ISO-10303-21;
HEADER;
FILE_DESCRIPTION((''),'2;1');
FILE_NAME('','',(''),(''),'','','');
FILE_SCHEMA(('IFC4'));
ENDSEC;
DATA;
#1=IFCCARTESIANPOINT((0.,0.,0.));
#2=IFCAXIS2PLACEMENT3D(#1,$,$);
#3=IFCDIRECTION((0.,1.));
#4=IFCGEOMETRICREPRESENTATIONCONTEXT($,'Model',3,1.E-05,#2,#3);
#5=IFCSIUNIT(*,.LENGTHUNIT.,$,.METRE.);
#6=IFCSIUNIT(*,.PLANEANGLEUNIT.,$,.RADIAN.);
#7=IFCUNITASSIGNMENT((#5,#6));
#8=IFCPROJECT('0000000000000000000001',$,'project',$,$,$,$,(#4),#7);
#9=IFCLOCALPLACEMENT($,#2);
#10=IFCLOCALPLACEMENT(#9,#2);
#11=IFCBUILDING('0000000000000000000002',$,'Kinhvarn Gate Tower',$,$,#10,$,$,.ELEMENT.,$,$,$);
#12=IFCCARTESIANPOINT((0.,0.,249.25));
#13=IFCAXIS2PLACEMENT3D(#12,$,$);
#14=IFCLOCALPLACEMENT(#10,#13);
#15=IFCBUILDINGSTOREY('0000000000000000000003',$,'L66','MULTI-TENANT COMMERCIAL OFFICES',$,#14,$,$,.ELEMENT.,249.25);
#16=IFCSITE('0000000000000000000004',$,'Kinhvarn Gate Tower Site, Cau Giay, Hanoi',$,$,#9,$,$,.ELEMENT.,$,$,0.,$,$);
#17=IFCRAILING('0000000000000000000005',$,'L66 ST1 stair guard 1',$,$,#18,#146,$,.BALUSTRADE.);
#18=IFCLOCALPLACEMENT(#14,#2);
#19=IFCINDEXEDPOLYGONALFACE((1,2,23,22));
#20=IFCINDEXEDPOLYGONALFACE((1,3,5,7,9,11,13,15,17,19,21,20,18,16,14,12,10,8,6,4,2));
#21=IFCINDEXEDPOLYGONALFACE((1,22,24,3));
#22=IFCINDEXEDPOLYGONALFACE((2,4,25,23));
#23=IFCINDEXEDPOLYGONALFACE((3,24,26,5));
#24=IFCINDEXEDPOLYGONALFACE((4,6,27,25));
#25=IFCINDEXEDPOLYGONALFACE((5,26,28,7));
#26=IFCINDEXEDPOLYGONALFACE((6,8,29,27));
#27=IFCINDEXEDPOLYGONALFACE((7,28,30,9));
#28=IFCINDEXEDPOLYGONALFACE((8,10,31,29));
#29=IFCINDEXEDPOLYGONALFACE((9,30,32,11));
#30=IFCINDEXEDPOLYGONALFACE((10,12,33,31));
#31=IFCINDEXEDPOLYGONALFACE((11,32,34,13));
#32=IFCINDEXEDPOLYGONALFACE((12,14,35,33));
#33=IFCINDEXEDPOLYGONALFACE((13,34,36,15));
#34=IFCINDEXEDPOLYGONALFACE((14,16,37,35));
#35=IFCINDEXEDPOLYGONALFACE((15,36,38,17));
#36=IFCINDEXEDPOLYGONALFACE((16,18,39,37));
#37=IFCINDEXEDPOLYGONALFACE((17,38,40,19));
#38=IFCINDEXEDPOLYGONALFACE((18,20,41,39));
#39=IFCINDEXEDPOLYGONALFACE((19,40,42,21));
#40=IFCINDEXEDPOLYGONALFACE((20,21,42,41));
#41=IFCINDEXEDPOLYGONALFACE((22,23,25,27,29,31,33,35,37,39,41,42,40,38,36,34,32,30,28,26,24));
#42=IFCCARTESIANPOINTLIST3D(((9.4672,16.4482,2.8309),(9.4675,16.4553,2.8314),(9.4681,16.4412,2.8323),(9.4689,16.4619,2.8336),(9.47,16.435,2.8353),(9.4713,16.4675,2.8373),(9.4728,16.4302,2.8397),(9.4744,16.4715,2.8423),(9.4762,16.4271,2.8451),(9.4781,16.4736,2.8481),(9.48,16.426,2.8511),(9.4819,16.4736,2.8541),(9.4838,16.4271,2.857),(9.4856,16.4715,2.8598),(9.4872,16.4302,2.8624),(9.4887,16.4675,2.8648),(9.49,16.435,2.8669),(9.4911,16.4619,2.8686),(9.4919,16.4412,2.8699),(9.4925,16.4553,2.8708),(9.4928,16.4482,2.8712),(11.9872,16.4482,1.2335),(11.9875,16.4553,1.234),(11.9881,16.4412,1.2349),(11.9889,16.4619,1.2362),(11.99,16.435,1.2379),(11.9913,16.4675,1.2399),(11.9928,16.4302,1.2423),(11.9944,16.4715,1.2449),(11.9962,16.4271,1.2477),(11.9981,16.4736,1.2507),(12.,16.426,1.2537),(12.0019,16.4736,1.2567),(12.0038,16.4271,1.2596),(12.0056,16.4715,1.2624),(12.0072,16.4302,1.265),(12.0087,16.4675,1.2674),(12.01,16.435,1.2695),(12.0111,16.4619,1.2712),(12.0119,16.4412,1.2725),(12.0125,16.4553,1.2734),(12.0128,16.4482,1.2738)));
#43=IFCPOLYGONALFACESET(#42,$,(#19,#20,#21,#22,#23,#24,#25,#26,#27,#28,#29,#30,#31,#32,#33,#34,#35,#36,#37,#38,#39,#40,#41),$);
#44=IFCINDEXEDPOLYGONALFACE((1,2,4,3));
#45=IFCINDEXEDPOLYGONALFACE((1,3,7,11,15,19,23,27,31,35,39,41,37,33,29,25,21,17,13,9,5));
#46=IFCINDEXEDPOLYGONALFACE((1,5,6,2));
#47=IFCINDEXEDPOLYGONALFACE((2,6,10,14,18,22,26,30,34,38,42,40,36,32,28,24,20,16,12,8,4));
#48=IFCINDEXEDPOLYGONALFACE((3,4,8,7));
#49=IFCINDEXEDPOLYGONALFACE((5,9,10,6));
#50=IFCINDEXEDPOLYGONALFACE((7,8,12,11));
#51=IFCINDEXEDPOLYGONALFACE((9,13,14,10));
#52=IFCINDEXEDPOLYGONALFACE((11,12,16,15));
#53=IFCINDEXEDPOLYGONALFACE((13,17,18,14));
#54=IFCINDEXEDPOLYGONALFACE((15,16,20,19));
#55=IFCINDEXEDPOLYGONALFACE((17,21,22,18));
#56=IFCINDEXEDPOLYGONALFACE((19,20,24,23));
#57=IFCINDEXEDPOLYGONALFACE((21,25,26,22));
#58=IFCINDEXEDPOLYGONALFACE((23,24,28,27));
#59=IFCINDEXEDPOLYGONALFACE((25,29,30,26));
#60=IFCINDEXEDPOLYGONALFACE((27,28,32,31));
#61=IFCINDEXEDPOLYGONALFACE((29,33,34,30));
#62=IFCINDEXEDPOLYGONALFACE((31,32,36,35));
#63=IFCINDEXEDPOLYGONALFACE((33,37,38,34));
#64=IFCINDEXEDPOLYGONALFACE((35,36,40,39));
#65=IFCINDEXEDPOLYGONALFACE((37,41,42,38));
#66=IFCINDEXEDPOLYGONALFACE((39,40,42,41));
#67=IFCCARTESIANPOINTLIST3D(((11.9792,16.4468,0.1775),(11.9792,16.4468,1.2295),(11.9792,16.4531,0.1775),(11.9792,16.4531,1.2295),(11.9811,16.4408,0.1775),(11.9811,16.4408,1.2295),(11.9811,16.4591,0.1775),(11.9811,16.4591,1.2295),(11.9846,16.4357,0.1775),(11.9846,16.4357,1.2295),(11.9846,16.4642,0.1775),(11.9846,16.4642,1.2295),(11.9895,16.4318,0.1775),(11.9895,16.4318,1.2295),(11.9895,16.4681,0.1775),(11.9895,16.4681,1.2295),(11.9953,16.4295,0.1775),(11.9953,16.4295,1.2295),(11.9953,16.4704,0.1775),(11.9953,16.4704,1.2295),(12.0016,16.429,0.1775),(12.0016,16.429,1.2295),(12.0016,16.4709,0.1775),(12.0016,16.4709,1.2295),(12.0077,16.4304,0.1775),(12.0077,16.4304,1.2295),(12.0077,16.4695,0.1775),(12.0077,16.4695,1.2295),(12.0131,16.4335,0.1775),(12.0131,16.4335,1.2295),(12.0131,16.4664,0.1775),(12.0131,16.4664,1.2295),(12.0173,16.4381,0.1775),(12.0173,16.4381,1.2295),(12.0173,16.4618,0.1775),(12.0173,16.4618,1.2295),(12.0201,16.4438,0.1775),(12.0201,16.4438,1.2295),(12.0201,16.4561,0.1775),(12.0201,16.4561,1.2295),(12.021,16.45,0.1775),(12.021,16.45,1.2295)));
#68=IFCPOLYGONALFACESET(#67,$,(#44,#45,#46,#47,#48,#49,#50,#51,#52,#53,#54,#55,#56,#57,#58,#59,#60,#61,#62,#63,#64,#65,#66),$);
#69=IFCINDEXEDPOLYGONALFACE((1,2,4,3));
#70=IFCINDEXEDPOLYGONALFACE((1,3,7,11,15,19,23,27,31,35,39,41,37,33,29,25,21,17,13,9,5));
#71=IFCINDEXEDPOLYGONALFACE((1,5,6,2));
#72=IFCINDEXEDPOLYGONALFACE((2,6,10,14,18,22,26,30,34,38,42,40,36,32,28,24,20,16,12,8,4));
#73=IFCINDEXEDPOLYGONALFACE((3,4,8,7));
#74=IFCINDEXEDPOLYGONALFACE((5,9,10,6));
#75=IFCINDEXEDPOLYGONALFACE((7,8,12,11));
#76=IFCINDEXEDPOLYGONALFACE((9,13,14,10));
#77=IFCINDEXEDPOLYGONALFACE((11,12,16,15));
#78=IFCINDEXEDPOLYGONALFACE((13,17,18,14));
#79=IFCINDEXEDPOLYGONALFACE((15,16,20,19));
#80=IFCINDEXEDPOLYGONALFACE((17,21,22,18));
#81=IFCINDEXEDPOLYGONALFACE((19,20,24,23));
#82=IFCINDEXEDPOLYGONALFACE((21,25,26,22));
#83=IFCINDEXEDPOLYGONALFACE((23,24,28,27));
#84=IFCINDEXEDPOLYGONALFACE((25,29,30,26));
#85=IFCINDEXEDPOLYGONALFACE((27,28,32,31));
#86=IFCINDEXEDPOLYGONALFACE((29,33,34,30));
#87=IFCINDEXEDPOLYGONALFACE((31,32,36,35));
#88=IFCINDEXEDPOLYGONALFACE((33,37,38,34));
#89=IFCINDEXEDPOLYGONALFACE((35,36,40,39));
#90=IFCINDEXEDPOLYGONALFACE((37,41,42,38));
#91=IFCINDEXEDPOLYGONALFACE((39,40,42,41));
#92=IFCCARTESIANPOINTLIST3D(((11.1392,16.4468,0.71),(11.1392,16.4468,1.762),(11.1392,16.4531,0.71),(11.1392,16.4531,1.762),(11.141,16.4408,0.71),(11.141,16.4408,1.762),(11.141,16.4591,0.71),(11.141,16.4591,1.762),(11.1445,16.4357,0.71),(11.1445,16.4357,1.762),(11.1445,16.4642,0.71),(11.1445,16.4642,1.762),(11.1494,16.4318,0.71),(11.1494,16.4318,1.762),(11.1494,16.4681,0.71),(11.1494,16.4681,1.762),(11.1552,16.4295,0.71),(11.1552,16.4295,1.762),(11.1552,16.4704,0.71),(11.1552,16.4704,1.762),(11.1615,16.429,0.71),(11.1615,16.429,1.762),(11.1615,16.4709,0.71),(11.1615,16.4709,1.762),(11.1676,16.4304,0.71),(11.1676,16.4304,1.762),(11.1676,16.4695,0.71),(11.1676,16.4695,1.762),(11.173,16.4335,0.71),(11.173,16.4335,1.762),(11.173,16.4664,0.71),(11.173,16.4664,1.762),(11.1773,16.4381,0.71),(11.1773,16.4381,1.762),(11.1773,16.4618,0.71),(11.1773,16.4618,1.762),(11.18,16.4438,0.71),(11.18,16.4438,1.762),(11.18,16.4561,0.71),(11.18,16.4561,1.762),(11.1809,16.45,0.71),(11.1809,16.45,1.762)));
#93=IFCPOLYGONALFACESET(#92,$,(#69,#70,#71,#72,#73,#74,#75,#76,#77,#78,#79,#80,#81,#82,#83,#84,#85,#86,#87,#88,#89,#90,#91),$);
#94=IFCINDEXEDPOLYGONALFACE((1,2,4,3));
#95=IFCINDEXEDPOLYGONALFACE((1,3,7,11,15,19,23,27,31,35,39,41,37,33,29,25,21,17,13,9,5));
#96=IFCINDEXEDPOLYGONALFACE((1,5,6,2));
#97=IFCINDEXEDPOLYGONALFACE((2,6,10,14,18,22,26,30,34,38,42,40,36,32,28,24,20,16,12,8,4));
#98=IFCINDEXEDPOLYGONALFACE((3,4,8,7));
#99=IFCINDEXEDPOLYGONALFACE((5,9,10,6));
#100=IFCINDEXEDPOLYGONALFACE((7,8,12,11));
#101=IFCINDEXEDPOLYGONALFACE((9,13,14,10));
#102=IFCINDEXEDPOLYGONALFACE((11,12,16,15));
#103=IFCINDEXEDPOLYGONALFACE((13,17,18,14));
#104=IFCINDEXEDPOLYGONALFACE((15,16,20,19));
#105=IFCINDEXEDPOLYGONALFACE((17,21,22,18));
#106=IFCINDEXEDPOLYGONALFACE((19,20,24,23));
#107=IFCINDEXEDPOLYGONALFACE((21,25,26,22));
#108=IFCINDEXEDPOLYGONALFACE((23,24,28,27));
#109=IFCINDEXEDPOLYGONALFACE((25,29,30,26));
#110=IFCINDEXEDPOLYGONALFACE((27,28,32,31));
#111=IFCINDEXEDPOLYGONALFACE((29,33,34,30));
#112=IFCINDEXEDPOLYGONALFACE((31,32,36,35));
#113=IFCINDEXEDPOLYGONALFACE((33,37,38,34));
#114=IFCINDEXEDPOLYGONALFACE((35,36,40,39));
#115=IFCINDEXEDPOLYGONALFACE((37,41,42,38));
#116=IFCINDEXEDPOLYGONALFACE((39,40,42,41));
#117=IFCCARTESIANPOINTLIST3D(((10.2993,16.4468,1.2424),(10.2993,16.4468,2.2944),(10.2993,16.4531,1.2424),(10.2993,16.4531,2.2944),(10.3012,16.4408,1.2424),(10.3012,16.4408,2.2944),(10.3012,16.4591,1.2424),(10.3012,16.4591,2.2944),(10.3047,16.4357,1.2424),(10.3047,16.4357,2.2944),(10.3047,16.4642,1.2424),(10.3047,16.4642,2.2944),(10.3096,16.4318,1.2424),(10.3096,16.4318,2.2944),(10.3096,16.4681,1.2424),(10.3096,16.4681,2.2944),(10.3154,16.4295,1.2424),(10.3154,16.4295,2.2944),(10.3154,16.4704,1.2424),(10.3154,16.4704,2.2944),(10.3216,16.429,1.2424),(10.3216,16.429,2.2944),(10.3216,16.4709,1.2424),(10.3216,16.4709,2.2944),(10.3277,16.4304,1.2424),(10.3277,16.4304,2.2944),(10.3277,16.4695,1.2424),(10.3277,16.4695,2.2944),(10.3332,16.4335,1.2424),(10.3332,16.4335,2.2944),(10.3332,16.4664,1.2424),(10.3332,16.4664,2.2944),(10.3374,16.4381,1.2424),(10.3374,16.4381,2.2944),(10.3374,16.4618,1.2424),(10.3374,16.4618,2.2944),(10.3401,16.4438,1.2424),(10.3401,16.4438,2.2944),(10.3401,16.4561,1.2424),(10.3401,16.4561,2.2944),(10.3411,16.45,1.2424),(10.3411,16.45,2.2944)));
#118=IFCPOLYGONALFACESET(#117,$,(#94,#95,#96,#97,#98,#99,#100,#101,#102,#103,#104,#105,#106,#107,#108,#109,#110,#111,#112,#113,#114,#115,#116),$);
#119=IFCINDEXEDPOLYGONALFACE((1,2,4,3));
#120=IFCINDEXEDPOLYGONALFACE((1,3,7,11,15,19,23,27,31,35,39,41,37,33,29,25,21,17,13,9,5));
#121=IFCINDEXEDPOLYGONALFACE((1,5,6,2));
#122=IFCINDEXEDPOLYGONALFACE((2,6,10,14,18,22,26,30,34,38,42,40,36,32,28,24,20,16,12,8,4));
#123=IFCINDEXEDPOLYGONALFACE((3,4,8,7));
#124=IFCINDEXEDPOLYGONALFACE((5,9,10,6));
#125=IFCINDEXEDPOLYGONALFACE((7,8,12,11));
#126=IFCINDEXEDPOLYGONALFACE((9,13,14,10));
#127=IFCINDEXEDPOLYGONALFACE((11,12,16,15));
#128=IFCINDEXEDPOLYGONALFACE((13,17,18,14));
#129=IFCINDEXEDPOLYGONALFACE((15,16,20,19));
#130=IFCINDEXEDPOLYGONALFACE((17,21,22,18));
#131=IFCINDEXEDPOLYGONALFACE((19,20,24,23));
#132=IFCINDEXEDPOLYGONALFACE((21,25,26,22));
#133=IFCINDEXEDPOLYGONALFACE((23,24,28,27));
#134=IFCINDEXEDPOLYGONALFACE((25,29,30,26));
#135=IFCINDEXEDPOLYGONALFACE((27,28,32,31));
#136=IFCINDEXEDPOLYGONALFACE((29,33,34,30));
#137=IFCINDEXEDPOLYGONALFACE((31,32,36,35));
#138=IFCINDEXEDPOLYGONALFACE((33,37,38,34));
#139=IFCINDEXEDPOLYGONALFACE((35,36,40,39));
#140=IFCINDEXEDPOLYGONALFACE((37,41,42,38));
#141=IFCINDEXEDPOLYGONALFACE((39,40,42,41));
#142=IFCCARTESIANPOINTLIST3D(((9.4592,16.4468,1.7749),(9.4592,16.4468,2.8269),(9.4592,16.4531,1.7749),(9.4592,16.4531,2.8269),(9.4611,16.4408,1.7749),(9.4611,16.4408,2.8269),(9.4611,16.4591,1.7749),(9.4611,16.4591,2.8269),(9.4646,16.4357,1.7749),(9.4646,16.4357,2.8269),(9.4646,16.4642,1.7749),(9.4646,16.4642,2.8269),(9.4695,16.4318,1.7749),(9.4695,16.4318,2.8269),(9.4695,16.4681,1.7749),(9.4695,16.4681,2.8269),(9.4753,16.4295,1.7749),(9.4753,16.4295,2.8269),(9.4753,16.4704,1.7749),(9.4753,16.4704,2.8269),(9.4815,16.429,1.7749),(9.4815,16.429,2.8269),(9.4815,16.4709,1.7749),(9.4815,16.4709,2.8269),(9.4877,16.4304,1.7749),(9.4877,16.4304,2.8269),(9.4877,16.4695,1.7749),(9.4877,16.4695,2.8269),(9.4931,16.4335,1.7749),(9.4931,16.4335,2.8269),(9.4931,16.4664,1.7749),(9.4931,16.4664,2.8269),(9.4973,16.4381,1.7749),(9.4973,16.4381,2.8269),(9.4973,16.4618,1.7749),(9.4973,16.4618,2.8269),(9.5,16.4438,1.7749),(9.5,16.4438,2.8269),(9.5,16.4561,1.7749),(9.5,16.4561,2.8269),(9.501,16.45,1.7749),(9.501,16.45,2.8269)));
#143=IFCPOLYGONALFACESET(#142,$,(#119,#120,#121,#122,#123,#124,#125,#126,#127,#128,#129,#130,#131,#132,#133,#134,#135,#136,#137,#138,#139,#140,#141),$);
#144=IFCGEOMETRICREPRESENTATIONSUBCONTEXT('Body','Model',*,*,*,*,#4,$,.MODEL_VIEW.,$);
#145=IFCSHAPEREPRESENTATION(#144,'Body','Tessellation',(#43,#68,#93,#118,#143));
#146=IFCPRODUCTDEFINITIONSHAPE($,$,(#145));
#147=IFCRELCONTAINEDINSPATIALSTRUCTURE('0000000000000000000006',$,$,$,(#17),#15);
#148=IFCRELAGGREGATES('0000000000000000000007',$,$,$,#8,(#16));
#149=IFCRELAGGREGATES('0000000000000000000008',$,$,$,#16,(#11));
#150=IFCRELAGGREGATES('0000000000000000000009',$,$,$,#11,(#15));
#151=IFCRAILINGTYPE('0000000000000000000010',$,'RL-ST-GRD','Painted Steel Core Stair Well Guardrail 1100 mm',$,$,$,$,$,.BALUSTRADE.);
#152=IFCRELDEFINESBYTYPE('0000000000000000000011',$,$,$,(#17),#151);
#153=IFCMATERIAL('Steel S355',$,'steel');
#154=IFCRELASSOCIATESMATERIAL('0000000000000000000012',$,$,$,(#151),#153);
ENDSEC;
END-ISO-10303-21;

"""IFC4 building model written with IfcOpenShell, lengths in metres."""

from ifc_helpers import new_model, si_unit, direction, frame, origin, origin_2d, place, context, subcontext, project, spatial, circle, extrude, material, type_object, element, save


model = new_model("IFC4")

# Units and contexts
model_context = context("Model", 3, precision=1e-05, world=origin(), true_north=direction((0.0, 1.0)))
body_context = subcontext(model_context, "Body", "Model", "MODEL_VIEW")
ifc_project = project(units=[si_unit("LENGTHUNIT", "METRE"), si_unit("PLANEANGLEUNIT", "RADIAN")], contexts=[model_context])

# Site, building, storey
site_placement = place(None, origin())
site = spatial("IfcSite", under=ifc_project, at=site_placement, Name="Kinhvarn Gate Tower Site, Cau Giay, Hanoi", CompositionType="ELEMENT", RefElevation=0.0)
building_placement = place(site_placement, origin())
building = spatial("IfcBuilding", under=site, at=building_placement, Name="Kinhvarn Gate Tower", CompositionType="ELEMENT")
storey_placement = place(building_placement, frame((0.0, 0.0, 249.25)))
storey = spatial("IfcBuildingStorey", under=building, at=storey_placement, Name="L66", Description="MULTI-TENANT COMMERCIAL OFFICES", CompositionType="ELEMENT", Elevation=249.25)

# Shared definitions
ifc_material_1 = material(Name="Steel S355", Category="steel")

# Railing
railing_type_1 = type_object("IfcRailingType", Name="RL-ST-GRD", Description="Painted Steel Core Stair Well Guardrail 1100 mm", PredefinedType="BALUSTRADE", material=ifc_material_1)
railing_1_placement = place(storey_placement, frame((12.0, 16.45, 0.1775)))
element("IfcRailing", 1, at=railing_1_placement, inside=storey, type_object=railing_type_1, Name="L66 ST1 stair guard 1", PredefinedType="BALUSTRADE", context=body_context, shape_type="SweptSolid", body=[
    extrude(circle(Radius=0.0239, at=origin_2d()), frame((0.0, 0.0, 1.0762), z_axis=(-0.844607, 0.0, 0.535387), x_axis=(0.0, -1.0, 0.0)), (0.0, 0.0, 1.0), 2.9836),
    extrude(circle(Radius=0.021, at=origin_2d()), origin(), (0.0, 0.0, 1.0), 1.052),
    extrude(circle(Radius=0.021, at=origin_2d()), frame((-0.8401, 0.0, 0.5325)), (0.0, 0.0, 1.0), 1.052),
    extrude(circle(Radius=0.021, at=origin_2d()), frame((-1.6799, 0.0, 1.0649)), (0.0, 0.0, 1.0), 1.052),
    extrude(circle(Radius=0.021, at=origin_2d()), frame((-2.52, 0.0, 1.5974)), (0.0, 0.0, 1.0), 1.052),
])

save(model, "model.ifc")
